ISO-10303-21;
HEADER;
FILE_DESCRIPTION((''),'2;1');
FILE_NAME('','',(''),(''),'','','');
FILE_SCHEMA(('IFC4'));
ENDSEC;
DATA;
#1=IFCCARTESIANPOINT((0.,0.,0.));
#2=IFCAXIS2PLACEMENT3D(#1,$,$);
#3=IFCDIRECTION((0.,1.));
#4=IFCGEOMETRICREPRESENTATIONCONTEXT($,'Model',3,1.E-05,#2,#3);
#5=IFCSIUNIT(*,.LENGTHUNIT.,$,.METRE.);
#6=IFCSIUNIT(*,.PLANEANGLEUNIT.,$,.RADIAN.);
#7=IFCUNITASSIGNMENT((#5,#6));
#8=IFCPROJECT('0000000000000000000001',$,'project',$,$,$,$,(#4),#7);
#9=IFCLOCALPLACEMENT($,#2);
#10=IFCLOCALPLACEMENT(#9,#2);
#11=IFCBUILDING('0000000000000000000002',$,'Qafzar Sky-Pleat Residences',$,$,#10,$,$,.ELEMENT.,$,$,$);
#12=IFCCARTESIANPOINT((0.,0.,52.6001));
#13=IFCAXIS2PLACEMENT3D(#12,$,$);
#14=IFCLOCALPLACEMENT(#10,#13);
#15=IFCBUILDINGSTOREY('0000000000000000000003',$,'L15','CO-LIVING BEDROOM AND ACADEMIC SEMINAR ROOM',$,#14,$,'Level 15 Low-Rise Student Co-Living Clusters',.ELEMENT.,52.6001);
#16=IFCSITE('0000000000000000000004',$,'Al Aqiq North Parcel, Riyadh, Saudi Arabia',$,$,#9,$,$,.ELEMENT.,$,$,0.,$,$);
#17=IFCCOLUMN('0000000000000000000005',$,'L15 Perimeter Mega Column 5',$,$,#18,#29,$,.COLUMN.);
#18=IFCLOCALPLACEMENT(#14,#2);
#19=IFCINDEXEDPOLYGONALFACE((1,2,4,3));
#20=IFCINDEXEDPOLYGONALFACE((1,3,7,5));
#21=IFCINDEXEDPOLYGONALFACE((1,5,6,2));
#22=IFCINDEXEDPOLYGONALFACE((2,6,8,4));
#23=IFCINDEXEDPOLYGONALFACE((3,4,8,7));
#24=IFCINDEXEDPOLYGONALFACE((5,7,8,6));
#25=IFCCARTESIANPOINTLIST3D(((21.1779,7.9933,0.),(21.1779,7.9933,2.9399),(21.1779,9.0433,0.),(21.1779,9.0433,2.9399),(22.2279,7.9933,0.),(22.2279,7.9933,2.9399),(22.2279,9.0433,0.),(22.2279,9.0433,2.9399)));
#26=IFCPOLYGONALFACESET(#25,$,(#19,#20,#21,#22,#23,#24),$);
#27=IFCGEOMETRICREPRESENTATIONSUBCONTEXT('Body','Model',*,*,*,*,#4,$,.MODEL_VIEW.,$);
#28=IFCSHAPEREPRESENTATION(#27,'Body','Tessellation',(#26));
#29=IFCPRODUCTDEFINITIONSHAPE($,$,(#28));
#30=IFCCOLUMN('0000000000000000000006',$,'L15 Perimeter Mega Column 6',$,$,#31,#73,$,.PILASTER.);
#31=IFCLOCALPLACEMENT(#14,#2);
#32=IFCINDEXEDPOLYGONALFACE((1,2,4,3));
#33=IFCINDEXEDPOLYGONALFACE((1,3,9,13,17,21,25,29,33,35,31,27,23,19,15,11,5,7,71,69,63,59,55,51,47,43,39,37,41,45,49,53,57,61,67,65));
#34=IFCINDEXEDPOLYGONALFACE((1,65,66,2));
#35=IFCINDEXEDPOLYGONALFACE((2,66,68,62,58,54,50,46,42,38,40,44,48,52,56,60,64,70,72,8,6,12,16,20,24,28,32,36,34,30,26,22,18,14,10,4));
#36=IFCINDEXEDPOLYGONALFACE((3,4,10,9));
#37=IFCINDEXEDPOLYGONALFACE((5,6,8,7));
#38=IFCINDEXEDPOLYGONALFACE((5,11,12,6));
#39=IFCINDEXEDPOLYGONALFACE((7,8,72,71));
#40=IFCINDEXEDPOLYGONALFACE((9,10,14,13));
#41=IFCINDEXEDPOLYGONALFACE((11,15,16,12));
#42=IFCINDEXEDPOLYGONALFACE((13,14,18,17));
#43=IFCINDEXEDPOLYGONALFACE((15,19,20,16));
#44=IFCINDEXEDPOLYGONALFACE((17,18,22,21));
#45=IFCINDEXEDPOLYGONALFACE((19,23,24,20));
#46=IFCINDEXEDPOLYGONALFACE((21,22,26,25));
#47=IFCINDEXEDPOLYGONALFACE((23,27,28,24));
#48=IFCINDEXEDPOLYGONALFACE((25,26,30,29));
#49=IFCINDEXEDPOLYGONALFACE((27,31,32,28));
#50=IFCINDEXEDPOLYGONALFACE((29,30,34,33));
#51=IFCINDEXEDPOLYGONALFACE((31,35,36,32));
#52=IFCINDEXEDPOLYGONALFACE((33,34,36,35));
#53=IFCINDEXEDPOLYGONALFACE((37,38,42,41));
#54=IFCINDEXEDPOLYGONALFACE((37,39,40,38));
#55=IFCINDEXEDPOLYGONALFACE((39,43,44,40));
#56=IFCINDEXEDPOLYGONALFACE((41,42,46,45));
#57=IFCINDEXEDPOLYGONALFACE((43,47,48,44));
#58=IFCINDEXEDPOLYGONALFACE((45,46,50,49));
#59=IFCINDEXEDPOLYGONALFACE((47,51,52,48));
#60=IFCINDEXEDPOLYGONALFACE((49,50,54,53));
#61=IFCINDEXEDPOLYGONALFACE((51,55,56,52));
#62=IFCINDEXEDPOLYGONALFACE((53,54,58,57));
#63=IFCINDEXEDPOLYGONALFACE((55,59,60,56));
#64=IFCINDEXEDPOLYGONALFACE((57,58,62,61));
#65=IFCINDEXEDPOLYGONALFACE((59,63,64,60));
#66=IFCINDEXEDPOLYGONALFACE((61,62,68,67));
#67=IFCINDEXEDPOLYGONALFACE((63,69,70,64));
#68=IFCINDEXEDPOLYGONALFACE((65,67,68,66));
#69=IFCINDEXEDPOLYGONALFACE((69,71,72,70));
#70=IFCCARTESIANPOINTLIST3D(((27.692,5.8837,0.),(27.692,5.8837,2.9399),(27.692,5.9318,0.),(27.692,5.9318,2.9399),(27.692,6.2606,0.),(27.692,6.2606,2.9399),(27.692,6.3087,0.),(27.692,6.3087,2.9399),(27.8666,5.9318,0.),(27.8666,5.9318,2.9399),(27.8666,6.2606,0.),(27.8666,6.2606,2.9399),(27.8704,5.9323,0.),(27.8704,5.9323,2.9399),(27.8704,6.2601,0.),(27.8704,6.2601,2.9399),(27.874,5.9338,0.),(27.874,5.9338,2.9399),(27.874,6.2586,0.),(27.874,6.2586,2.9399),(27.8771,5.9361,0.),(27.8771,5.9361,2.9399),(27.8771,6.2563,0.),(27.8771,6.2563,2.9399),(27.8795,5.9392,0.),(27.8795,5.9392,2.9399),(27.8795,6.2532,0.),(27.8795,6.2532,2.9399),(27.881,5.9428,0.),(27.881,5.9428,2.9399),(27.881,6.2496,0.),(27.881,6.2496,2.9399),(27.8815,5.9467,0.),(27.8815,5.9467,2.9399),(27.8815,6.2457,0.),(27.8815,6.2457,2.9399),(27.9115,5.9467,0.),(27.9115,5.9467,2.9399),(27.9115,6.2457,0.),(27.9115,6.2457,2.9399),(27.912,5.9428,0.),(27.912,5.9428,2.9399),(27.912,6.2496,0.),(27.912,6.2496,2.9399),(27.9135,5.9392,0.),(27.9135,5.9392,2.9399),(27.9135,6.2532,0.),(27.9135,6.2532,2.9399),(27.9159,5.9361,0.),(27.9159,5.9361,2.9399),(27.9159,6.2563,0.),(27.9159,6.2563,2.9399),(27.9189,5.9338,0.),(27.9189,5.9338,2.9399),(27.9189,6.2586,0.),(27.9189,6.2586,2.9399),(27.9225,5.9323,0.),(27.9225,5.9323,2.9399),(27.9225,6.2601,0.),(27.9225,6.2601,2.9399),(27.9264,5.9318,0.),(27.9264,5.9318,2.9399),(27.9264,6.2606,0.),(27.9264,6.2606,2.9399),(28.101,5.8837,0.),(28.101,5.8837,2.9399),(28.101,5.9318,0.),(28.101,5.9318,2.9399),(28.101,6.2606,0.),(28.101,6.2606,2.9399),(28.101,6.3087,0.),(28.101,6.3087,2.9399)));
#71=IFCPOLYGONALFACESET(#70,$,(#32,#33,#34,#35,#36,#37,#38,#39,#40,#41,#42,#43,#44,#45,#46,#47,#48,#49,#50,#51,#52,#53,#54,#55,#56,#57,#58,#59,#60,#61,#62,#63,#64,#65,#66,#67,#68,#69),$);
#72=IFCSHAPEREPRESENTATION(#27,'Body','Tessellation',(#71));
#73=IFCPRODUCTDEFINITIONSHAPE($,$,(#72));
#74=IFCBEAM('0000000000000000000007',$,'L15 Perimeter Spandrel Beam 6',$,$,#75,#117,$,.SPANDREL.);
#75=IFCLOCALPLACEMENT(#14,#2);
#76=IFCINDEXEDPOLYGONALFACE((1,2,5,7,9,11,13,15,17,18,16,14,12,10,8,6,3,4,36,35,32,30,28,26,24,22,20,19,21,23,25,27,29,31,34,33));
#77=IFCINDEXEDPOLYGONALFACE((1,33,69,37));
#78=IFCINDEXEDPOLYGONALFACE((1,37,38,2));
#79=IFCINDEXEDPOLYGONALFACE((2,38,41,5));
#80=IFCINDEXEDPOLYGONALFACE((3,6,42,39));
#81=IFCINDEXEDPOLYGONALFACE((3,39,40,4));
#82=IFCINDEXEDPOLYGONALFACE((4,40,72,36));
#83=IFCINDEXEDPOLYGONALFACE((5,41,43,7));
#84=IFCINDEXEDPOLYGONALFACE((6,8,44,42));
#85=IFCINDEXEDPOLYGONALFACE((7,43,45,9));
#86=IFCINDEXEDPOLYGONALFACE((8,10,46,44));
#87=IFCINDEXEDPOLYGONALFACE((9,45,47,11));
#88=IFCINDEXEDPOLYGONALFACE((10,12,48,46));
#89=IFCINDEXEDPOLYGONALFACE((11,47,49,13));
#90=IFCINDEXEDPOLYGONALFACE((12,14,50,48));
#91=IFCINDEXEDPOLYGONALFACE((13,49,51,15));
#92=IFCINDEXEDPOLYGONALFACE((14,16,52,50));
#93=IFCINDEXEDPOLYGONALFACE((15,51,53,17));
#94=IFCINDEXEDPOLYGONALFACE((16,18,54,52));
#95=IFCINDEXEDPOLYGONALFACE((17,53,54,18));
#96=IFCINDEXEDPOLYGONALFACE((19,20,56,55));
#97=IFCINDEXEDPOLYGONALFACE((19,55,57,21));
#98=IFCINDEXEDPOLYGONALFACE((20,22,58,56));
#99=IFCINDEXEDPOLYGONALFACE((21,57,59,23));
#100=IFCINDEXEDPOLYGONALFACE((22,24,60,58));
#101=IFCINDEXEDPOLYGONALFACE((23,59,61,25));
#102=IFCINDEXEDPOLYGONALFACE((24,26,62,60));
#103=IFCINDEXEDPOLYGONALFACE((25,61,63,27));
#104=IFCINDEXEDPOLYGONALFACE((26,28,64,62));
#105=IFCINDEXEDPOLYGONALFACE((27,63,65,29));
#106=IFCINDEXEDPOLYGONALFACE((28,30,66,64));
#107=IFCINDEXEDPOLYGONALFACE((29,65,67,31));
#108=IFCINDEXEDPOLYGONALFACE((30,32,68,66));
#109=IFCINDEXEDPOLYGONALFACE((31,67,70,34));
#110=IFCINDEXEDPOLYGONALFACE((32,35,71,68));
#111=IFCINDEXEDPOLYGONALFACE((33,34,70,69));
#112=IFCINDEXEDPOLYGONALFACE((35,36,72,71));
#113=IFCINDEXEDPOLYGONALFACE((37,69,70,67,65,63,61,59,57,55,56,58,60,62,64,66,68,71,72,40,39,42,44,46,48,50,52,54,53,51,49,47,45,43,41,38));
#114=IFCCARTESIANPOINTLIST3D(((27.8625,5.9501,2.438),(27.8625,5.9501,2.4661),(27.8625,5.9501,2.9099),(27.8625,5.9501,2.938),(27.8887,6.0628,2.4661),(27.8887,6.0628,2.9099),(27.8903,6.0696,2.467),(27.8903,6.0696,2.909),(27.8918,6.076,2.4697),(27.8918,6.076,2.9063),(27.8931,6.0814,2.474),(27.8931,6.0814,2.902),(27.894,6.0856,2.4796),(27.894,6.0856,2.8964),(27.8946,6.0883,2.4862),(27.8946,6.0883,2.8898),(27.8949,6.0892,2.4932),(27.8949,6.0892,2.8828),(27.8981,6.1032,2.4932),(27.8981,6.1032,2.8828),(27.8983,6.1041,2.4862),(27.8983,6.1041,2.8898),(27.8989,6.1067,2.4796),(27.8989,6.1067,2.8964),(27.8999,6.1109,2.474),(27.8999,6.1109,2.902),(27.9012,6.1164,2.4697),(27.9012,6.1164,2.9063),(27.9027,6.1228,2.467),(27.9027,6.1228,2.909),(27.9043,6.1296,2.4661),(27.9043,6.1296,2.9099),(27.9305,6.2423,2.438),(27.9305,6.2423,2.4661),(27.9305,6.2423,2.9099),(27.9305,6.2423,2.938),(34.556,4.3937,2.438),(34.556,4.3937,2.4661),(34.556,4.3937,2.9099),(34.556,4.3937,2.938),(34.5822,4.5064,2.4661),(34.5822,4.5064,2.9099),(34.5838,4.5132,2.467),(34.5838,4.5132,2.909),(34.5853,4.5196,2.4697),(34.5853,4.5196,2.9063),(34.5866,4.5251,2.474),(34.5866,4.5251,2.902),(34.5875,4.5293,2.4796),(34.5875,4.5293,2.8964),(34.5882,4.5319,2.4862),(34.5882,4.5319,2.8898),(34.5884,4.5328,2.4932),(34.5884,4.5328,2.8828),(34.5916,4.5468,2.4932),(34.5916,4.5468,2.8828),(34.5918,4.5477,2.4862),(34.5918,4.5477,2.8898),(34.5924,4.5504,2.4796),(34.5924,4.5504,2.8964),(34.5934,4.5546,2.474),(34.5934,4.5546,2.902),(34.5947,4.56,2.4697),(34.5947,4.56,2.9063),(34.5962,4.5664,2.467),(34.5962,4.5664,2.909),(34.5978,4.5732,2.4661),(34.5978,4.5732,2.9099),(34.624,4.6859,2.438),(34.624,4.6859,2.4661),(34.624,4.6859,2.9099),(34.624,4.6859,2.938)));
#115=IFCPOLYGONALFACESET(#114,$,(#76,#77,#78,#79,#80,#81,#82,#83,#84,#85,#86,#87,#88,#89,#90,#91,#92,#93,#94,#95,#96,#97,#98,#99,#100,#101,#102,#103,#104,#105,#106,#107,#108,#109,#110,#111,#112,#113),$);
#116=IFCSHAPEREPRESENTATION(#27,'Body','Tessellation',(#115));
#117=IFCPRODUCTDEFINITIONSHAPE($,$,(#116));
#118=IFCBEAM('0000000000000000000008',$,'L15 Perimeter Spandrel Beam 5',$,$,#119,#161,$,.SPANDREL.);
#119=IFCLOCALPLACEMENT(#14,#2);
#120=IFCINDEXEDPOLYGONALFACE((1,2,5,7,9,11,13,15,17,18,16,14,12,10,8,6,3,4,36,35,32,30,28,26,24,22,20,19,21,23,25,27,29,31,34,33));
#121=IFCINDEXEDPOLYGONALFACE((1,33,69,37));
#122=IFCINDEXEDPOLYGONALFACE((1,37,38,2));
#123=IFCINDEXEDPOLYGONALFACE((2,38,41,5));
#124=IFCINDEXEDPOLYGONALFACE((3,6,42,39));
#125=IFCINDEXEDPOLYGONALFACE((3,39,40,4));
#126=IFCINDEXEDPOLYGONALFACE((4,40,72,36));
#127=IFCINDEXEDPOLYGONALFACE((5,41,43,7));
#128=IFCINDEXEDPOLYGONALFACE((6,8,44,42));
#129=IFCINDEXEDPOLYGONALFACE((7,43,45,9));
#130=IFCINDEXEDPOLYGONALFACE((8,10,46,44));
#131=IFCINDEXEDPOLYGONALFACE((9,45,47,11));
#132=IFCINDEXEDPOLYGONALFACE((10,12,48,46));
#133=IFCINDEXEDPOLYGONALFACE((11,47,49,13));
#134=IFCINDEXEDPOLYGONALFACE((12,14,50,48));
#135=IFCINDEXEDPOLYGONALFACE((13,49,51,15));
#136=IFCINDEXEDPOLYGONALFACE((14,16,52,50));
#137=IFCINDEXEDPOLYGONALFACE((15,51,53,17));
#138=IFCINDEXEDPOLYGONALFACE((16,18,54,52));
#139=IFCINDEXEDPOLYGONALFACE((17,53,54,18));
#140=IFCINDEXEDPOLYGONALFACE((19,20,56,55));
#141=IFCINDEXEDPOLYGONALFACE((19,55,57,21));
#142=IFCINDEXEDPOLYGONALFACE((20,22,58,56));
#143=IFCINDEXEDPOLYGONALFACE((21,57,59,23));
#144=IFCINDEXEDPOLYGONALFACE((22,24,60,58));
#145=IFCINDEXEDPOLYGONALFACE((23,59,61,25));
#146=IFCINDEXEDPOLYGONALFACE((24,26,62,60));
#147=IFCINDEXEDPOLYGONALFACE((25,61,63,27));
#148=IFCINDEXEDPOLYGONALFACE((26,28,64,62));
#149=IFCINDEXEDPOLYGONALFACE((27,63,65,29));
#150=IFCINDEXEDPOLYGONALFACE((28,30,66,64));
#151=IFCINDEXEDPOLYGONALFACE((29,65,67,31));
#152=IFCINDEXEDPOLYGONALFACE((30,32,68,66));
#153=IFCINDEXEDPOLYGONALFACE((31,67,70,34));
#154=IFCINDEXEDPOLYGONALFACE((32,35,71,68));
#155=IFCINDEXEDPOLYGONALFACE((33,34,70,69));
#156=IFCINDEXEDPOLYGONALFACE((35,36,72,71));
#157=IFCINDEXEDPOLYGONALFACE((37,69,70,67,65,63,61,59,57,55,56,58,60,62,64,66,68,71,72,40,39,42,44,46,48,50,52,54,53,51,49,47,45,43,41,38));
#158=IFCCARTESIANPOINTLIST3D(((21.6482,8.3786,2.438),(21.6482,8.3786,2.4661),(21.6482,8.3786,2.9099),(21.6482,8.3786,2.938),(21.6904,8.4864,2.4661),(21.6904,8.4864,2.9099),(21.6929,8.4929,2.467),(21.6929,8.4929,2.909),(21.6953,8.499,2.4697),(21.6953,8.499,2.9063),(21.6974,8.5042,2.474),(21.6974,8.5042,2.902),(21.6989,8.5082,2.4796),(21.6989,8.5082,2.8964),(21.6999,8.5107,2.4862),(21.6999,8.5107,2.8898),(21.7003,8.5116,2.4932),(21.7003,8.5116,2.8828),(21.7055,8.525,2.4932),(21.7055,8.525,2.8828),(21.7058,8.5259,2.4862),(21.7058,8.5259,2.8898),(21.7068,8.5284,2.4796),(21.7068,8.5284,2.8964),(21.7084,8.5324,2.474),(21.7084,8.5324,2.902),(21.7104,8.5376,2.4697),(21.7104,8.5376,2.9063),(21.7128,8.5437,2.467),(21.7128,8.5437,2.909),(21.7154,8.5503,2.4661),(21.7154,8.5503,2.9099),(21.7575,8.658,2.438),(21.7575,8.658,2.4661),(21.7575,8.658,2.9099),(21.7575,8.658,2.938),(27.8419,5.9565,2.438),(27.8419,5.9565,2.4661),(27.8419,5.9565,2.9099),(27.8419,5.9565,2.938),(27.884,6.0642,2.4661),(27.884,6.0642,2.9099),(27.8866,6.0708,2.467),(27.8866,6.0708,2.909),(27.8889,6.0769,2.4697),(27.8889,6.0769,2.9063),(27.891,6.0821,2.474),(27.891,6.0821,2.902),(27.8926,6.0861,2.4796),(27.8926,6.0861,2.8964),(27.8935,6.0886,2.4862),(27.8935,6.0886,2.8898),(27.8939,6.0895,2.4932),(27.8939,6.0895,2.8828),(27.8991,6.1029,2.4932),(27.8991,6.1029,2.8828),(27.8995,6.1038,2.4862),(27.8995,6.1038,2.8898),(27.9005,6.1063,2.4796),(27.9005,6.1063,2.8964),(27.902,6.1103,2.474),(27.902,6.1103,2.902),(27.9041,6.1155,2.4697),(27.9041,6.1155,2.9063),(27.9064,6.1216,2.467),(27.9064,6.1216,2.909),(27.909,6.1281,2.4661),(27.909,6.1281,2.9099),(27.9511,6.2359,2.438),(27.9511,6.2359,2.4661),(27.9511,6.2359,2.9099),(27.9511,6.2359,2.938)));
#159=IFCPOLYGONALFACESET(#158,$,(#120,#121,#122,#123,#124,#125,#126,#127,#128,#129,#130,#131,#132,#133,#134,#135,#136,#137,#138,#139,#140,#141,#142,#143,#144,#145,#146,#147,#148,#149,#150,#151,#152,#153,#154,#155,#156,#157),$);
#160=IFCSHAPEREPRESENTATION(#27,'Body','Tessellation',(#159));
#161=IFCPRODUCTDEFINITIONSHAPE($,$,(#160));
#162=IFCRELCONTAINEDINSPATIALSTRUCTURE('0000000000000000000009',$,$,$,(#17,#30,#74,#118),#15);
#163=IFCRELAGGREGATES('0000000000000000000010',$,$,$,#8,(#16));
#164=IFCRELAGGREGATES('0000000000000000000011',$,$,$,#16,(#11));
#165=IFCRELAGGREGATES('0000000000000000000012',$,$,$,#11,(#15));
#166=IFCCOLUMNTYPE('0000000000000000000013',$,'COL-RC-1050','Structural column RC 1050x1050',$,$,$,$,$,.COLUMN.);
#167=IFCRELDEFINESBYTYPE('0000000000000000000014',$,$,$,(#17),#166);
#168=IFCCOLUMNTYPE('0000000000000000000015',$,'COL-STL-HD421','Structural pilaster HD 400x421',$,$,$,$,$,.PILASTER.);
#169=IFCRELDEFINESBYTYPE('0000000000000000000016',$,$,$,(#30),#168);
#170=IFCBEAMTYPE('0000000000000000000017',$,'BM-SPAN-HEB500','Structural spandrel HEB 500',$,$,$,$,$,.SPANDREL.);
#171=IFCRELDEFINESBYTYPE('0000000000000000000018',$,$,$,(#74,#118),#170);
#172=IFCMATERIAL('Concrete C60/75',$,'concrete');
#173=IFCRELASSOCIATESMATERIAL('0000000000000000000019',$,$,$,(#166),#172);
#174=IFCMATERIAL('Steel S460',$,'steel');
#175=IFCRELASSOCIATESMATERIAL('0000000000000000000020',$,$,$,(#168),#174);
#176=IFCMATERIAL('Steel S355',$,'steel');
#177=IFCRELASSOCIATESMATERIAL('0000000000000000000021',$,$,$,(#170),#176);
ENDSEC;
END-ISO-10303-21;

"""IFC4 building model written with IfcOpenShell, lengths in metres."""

from ifc_helpers import new_model, si_unit, direction, frame, origin, origin_2d, place, context, subcontext, project, spatial, rectangle, i_section, extrude, source, transform, mapped, material, material_profile, profile_set, type_object, element, save


model = new_model("IFC4")

# Units and contexts
model_context = context("Model", 3, precision=1e-05, world=origin(), true_north=direction((0.0, 1.0)))
body_context = subcontext(model_context, "Body", "Model", "MODEL_VIEW")
ifc_project = project(units=[si_unit("LENGTHUNIT", "METRE"), si_unit("PLANEANGLEUNIT", "RADIAN")], contexts=[model_context])

# Site, building, storey
site_placement = place(None, origin())
site = spatial("IfcSite", under=ifc_project, at=site_placement, Name="Al Aqiq North Parcel, Riyadh, Saudi Arabia", CompositionType="ELEMENT", RefElevation=0.0)
building_placement = place(site_placement, origin())
building = spatial("IfcBuilding", under=site, at=building_placement, Name="Qafzar Sky-Pleat Residences", CompositionType="ELEMENT")
storey_placement = place(building_placement, frame((0.0, 0.0, 52.6001)))
storey = spatial("IfcBuildingStorey", under=building, at=storey_placement, Name="L15", Description="CO-LIVING BEDROOM AND ACADEMIC SEMINAR ROOM", LongName="Level 15 Low-Rise Student Co-Living Clusters", CompositionType="ELEMENT", Elevation=52.6001)

# Columns
ifc_material_1 = material(Name="Concrete C60/75", Category="concrete")
ifc_material_profile_1 = material_profile(ifc_material_1, rectangle(XDim=1.05, YDim=1.05, at=origin_2d()), Name="RC 1050x1050")
ifc_profile_set_1 = profile_set([ifc_material_profile_1], Name="Concrete C60/75")
column_type_1 = type_object("IfcColumnType", Name="COL-RC-1050", Description="Structural column RC 1050x1050", PredefinedType="COLUMN", material=ifc_profile_set_1)
shared_shape_1 = source(origin(), body_context, "Body", "SweptSolid", [
    extrude(rectangle(XDim=1.05, YDim=1.05, at=origin_2d()), origin(), (0.0, 0.0, 1.0), 2.9399),
])
column_1_placement = place(storey_placement, frame((21.7029, 8.5183, 0.0), z_axis=(0.0, 0.0, 1.0), x_axis=(1.0, 0.0, 0.0)))
element("IfcColumn", 1, at=column_1_placement, inside=storey, type_object=column_type_1, Name="L15 Perimeter Mega Column 5", PredefinedType="COLUMN", context=body_context, shape_type="MappedRepresentation", body=[
    mapped(shared_shape_1, transform((0.0, 0.0, 0.0), x_axis=(1.0, 0.0, 0.0), y_axis=(0.0, 1.0, 0.0), z_axis=(0.0, 0.0, 1.0), scale=1.0)),
])
ifc_material_2 = material(Name="Steel S460", Category="steel")
ifc_material_profile_2 = material_profile(ifc_material_2, i_section(OverallWidth=0.4089, OverallDepth=0.425, WebThickness=0.03, FlangeThickness=0.0481, FilletRadius=0.0149, at=origin_2d()), Name="HD 400x421")
ifc_profile_set_2 = profile_set([ifc_material_profile_2], Name="Steel S460")
column_type_2 = type_object("IfcColumnType", Name="COL-STL-HD421", Description="Structural pilaster HD 400x421", PredefinedType="PILASTER", material=ifc_profile_set_2)
shared_shape_2 = source(origin(), body_context, "Body", "SweptSolid", [
    extrude(i_section(OverallWidth=0.4089, OverallDepth=0.425, WebThickness=0.03, FlangeThickness=0.0481, FilletRadius=0.0149, at=origin_2d()), origin(), (0.0, 0.0, 1.0), 2.9399),
])
column_2_placement = place(storey_placement, frame((27.8965, 6.0962, 0.0), z_axis=(0.0, 0.0, 1.0), x_axis=(1.0, 0.0, 0.0)))
element("IfcColumn", 2, at=column_2_placement, inside=storey, type_object=column_type_2, Name="L15 Perimeter Mega Column 6", PredefinedType="PILASTER", context=body_context, shape_type="MappedRepresentation", body=[
    mapped(shared_shape_2, transform((0.0, 0.0, 0.0), x_axis=(1.0, 0.0, 0.0), y_axis=(0.0, 1.0, 0.0), z_axis=(0.0, 0.0, 1.0), scale=1.0)),
])

# Beams
ifc_material_3 = material(Name="Steel S355", Category="steel")
ifc_material_profile_3 = material_profile(ifc_material_3, i_section(OverallWidth=0.3, OverallDepth=0.5, WebThickness=0.0144, FlangeThickness=0.0281, FilletRadius=0.0271, at=origin_2d()), Name="HEB 500")
ifc_profile_set_3 = profile_set([ifc_material_profile_3], Name="Steel S355")
beam_type_1 = type_object("IfcBeamType", Name="BM-SPAN-HEB500", Description="Structural spandrel HEB 500", PredefinedType="SPANDREL", material=ifc_profile_set_3)
shared_shape_3 = source(origin(), body_context, "Body", "SweptSolid", [
    extrude(i_section(OverallWidth=0.3, OverallDepth=0.5, WebThickness=0.0144, FlangeThickness=0.0281, FilletRadius=0.0271, at=origin_2d()), origin(), (0.0, 0.0, 1.0), 6.8721),
])
beam_1_placement = place(storey_placement, frame((27.8965, 6.0962, 2.688), z_axis=(0.974016, -0.226478, 0.0), x_axis=(0.226478, 0.974016, 0.0)))
element("IfcBeam", 3, at=beam_1_placement, inside=storey, type_object=beam_type_1, Name="L15 Perimeter Spandrel Beam 6", PredefinedType="SPANDREL", context=body_context, shape_type="MappedRepresentation", body=[
    mapped(shared_shape_3, transform((0.0, 0.0, 0.0), x_axis=(1.0, 0.0, 0.0), y_axis=(0.0, 1.0, 0.0), z_axis=(0.0, 0.0, 1.0), scale=1.0)),
])
shared_shape_4 = source(origin(), body_context, "Body", "SweptSolid", [
    extrude(i_section(OverallWidth=0.3, OverallDepth=0.5, WebThickness=0.0144, FlangeThickness=0.0281, FilletRadius=0.0271, at=origin_2d()), origin(), (0.0, 0.0, 1.0), 6.6504),
])
beam_2_placement = place(storey_placement, frame((21.7029, 8.5183, 2.688), z_axis=(0.931318, -0.364208, 0.0), x_axis=(0.364208, 0.931318, 0.0)))
element("IfcBeam", 4, at=beam_2_placement, inside=storey, type_object=beam_type_1, Name="L15 Perimeter Spandrel Beam 5", PredefinedType="SPANDREL", context=body_context, shape_type="MappedRepresentation", body=[
    mapped(shared_shape_4, transform((0.0, 0.0, 0.0), x_axis=(1.0, 0.0, 0.0), y_axis=(0.0, 1.0, 0.0), z_axis=(0.0, 0.0, 1.0), scale=1.0)),
])

save(model, "model.ifc")
